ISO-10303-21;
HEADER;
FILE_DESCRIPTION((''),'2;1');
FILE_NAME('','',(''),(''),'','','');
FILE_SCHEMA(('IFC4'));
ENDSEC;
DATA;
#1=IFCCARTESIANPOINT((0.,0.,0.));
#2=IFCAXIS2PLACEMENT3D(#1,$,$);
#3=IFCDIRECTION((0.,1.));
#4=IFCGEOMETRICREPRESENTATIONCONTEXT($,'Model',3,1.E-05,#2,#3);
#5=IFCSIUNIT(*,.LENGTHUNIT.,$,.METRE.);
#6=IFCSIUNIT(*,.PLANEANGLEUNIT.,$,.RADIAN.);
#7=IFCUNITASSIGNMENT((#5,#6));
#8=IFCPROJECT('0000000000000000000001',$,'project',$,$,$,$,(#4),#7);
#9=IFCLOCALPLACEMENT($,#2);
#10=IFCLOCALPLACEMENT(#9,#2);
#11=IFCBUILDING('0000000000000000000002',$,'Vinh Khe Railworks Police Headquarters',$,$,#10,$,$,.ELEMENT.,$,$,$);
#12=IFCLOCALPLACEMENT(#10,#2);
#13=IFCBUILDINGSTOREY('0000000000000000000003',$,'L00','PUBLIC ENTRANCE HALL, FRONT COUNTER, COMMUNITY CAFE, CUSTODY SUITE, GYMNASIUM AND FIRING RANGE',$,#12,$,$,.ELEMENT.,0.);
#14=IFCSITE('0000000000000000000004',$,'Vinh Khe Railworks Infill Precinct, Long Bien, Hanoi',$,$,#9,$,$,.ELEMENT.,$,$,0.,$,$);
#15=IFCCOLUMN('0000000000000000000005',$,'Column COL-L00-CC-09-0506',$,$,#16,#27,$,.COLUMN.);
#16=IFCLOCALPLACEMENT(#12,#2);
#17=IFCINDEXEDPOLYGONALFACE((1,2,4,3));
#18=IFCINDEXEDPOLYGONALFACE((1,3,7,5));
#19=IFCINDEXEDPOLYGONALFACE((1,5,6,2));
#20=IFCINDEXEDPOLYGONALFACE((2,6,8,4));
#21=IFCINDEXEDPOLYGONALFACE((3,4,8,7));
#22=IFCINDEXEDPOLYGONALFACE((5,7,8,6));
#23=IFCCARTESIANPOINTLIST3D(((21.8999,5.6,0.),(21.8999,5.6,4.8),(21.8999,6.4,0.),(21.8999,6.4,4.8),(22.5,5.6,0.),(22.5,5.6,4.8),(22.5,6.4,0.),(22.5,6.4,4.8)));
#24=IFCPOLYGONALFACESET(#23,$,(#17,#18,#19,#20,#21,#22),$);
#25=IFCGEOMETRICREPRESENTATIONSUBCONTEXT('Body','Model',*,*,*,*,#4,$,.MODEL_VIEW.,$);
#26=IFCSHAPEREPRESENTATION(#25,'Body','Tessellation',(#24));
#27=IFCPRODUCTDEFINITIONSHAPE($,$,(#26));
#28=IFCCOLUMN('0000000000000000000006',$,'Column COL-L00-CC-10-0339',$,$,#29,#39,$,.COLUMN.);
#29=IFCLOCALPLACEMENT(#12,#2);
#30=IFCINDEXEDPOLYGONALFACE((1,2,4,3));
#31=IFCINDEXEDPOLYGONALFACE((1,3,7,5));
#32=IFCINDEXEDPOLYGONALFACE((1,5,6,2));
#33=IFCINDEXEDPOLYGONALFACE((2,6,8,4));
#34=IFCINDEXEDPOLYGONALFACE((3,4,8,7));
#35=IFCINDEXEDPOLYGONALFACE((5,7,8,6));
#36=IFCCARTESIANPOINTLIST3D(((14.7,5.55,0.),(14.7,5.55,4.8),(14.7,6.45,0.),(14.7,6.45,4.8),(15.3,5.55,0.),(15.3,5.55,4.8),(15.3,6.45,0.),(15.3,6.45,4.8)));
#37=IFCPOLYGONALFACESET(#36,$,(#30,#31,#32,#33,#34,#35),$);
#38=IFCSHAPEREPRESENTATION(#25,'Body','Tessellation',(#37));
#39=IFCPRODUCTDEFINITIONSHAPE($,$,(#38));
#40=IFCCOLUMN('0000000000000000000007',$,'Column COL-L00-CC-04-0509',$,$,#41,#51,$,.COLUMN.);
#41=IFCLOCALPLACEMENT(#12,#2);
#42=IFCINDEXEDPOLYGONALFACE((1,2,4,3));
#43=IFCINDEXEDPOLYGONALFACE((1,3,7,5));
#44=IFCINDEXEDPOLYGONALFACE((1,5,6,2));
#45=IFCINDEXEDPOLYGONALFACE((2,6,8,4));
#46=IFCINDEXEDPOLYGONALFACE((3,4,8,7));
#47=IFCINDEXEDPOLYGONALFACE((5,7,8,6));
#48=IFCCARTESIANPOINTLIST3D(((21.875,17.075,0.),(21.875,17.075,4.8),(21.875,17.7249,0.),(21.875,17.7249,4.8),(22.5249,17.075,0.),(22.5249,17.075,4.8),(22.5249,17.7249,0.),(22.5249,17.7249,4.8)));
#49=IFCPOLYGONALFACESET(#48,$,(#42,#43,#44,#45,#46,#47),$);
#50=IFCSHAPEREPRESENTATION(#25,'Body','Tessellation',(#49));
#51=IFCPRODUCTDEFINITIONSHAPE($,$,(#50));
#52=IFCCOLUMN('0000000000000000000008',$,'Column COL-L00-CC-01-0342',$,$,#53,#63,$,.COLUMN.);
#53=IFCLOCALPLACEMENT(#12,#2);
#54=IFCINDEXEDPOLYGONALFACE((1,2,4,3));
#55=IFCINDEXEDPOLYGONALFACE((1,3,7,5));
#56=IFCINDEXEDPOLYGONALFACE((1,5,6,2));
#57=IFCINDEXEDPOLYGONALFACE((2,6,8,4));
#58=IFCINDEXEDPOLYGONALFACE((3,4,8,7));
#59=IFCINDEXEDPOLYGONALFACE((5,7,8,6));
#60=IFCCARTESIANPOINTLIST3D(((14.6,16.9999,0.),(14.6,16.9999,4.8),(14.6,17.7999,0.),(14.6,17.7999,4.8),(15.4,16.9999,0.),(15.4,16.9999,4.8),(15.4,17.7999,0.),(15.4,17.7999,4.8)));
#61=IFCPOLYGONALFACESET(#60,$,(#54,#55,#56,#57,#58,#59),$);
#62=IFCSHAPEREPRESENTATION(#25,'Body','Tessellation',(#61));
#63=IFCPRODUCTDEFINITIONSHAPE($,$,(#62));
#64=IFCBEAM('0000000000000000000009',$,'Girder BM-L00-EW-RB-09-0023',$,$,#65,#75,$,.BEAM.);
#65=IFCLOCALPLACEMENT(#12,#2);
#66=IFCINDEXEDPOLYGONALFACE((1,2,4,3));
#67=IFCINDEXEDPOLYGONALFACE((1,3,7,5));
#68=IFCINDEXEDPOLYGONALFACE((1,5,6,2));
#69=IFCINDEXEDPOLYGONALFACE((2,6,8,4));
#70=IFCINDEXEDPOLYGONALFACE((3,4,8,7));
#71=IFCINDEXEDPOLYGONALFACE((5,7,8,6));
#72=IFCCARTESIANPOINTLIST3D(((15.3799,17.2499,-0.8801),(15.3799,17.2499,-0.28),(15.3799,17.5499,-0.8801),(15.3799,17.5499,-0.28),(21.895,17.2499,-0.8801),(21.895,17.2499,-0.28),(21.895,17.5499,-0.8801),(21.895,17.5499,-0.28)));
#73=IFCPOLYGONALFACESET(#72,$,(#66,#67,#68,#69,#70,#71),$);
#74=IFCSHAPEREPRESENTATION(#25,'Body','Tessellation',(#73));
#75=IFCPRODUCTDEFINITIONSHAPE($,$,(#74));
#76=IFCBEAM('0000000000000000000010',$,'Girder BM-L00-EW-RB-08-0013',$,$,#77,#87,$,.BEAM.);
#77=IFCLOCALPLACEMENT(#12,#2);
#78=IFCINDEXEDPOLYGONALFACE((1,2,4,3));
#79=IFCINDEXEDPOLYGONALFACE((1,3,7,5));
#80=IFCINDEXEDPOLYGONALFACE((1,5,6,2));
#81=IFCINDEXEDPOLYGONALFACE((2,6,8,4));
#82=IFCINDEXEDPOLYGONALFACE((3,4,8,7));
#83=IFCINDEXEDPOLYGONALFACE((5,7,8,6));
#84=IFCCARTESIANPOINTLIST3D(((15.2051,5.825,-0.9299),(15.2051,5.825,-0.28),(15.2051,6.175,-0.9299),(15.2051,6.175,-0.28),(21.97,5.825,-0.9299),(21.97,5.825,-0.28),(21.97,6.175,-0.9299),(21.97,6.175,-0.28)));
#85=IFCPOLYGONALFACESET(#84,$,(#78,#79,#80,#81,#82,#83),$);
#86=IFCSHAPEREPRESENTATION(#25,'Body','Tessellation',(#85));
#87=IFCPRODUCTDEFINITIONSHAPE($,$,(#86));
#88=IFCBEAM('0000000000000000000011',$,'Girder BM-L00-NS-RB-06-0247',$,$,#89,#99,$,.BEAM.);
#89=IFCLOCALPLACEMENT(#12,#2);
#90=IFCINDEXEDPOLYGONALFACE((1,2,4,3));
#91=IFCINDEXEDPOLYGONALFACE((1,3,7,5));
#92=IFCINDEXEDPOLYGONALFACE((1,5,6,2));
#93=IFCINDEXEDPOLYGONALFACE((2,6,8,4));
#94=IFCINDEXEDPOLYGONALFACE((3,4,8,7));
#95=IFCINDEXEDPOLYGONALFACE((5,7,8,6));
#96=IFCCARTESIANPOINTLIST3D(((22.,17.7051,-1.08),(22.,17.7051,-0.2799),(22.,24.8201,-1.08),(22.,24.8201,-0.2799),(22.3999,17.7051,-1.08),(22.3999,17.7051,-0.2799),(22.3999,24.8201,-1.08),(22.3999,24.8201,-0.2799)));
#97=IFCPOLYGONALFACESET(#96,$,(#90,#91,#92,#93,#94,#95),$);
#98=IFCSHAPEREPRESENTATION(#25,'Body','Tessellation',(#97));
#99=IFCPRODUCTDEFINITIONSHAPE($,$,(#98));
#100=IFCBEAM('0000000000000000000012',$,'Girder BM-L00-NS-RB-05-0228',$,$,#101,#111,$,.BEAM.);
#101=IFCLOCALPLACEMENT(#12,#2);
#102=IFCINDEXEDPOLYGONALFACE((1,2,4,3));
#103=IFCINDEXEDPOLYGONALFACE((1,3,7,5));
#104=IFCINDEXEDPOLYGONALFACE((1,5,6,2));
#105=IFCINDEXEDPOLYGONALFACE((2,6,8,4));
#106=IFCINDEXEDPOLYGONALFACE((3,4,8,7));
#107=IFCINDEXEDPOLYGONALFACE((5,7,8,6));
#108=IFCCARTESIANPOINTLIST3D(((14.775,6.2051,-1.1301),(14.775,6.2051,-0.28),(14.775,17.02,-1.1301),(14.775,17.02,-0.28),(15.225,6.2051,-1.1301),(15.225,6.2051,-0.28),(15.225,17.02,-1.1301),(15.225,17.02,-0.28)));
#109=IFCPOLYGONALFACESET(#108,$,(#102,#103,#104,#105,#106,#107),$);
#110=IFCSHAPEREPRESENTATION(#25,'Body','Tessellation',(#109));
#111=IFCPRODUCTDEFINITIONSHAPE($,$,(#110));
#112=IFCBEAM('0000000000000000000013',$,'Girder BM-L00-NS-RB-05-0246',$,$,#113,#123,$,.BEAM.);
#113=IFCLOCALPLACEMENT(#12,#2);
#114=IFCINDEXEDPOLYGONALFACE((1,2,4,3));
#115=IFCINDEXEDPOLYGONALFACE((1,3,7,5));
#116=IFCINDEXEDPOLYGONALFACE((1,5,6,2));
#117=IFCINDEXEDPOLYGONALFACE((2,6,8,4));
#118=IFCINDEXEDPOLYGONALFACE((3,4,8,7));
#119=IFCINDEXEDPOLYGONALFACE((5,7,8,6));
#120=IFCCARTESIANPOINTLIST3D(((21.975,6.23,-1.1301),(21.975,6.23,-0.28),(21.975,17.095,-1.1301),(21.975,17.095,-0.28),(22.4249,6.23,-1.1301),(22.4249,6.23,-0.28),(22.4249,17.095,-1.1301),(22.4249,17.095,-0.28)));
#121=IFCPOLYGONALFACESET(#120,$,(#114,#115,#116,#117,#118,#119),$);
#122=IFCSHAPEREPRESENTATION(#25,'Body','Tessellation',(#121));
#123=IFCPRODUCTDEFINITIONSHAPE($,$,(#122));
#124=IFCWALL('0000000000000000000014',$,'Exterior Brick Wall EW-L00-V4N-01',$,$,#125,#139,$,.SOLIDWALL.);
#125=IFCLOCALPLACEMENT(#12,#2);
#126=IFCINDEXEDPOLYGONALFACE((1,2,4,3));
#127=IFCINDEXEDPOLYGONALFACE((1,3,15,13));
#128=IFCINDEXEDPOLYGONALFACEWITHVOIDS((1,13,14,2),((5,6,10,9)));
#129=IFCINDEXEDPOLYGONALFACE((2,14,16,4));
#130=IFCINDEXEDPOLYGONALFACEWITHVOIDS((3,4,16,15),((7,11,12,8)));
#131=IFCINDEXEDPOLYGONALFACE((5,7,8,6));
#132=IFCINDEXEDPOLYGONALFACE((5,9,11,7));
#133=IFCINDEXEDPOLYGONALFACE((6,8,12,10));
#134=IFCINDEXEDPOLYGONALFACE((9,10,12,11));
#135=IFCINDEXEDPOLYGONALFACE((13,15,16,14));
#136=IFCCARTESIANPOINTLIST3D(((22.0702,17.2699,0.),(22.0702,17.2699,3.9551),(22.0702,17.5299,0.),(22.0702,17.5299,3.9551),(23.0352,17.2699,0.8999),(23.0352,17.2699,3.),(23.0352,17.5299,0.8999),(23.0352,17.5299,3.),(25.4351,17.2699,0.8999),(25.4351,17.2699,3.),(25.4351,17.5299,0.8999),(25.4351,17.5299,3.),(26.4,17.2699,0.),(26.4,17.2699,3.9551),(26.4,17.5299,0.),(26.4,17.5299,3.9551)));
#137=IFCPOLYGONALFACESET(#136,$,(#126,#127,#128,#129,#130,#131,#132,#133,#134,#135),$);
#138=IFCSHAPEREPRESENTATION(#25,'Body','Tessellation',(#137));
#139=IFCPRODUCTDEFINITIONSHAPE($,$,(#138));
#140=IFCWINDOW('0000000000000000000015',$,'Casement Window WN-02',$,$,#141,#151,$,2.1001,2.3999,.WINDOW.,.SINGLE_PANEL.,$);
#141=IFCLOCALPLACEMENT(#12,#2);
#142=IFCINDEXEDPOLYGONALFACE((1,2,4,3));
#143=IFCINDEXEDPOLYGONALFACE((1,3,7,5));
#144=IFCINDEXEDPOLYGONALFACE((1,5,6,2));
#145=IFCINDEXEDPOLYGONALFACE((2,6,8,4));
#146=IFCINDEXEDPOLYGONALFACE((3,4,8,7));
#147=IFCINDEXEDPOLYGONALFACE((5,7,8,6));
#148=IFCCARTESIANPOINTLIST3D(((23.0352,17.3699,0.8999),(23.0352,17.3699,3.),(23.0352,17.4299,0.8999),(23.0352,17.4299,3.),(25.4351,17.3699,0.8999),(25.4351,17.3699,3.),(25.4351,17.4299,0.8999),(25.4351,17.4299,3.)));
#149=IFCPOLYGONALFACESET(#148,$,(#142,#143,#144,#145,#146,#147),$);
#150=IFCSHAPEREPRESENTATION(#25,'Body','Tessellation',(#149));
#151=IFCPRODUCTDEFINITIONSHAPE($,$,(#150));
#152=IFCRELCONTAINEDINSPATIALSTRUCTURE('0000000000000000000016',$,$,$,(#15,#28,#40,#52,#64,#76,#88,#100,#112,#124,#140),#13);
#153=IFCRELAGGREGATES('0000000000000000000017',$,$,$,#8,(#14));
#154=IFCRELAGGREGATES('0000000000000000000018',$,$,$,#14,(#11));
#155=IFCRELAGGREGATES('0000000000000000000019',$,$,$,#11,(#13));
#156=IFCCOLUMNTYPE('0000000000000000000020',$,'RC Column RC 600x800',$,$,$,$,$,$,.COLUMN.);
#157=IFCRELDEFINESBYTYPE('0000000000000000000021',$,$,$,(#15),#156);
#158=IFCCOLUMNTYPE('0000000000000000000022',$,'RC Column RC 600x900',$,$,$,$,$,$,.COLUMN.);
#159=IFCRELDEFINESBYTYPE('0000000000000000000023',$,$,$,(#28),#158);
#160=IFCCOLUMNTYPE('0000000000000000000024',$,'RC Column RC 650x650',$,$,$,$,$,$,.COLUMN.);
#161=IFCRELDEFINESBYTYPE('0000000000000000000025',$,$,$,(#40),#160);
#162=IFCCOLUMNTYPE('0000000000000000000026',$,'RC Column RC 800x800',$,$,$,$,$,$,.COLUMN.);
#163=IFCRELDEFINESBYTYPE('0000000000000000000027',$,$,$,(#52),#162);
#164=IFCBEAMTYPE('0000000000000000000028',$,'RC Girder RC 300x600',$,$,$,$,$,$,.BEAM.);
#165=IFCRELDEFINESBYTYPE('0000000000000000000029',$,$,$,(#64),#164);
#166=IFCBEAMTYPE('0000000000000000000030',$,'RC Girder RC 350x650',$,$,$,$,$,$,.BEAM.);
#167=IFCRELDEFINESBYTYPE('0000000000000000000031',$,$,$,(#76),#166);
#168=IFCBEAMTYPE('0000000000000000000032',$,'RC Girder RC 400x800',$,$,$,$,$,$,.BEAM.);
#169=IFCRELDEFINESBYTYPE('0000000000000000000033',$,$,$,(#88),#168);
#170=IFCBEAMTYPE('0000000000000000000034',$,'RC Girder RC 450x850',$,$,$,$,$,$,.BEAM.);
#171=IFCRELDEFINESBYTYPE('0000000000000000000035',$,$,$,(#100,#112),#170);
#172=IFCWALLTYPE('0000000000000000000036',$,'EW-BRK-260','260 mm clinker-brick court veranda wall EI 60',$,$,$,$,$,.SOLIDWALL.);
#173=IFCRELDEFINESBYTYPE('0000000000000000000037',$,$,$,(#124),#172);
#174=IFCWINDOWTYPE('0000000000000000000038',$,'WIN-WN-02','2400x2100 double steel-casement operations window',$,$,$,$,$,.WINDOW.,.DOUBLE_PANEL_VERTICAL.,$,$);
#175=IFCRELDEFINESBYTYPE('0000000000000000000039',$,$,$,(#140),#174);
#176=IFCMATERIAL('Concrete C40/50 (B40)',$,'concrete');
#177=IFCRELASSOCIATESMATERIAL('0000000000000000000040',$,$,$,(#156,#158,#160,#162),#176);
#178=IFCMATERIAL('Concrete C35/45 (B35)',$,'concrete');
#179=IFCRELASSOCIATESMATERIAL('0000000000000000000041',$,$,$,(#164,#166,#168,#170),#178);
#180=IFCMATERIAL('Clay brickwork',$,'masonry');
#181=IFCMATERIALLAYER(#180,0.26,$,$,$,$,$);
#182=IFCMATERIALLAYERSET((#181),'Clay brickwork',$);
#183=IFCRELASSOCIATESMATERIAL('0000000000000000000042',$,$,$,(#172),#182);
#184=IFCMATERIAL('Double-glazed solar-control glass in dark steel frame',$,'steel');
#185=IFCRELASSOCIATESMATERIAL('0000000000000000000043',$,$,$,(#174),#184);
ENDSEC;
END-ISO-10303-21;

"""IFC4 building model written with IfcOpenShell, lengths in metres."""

from ifc_helpers import new_model, si_unit, direction, frame, frame_2d, origin, origin_2d, place, context, subcontext, project, spatial, rectangle, extrude, material, layer, layer_set, material_profile, profile_set, type_object, element, fill, save


model = new_model("IFC4")

# Units and contexts
model_context = context("Model", 3, precision=1e-05, world=origin(), true_north=direction((0.0, 1.0)))
body_context = subcontext(model_context, "Body", "Model", "MODEL_VIEW")
ifc_project = project(units=[si_unit("LENGTHUNIT", "METRE"), si_unit("PLANEANGLEUNIT", "RADIAN")], contexts=[model_context])

# Site, building, storey
site_placement = place(None, origin())
site = spatial("IfcSite", under=ifc_project, at=site_placement, Name="Vinh Khe Railworks Infill Precinct, Long Bien, Hanoi", CompositionType="ELEMENT", RefElevation=0.0)
building_placement = place(site_placement, origin())
building = spatial("IfcBuilding", under=site, at=building_placement, Name="Vinh Khe Railworks Police Headquarters", CompositionType="ELEMENT")
storey_placement = place(building_placement, origin())
storey = spatial("IfcBuildingStorey", under=building, at=storey_placement, Name="L00", Description="PUBLIC ENTRANCE HALL, FRONT COUNTER, COMMUNITY CAFE, CUSTODY SUITE, GYMNASIUM AND FIRING RANGE", CompositionType="ELEMENT", Elevation=0.0)

# Columns
ifc_material_1 = material(Name="Concrete C40/50 (B40)", Category="concrete")
ifc_material_profile_1 = material_profile(ifc_material_1, rectangle(XDim=0.6001, YDim=0.8, at=origin_2d()), Name="RC 600x800")
ifc_profile_set_1 = profile_set([ifc_material_profile_1], Name="Concrete C40/50 (B40)")
column_type_1 = type_object("IfcColumnType", Name="RC Column RC 600x800", PredefinedType="COLUMN", material=ifc_profile_set_1)
column_1_placement = place(storey_placement, frame((22.2, 6.0, 0.0), z_axis=(0.0, 0.0, 1.0), x_axis=(1.0, 0.0, 0.0)))
element("IfcColumn", 1, at=column_1_placement, inside=storey, type_object=column_type_1, Name="Column COL-L00-CC-09-0506", PredefinedType="COLUMN", context=body_context, shape_type="SweptSolid", body=[
    extrude(rectangle(XDim=0.6001, YDim=0.8, at=origin_2d()), origin(), (0.0, 0.0, 1.0), 4.8),
])
ifc_material_profile_2 = material_profile(ifc_material_1, rectangle(XDim=0.6001, YDim=0.8999, at=origin_2d()), Name="RC 600x900")
ifc_profile_set_2 = profile_set([ifc_material_profile_2], Name="Concrete C40/50 (B40)")
column_type_2 = type_object("IfcColumnType", Name="RC Column RC 600x900", PredefinedType="COLUMN", material=ifc_profile_set_2)
column_2_placement = place(storey_placement, frame((15.0, 6.0, 0.0), z_axis=(0.0, 0.0, 1.0), x_axis=(1.0, 0.0, 0.0)))
element("IfcColumn", 2, at=column_2_placement, inside=storey, type_object=column_type_2, Name="Column COL-L00-CC-10-0339", PredefinedType="COLUMN", context=body_context, shape_type="SweptSolid", body=[
    extrude(rectangle(XDim=0.6001, YDim=0.8999, at=origin_2d()), origin(), (0.0, 0.0, 1.0), 4.8),
])
ifc_material_profile_3 = material_profile(ifc_material_1, rectangle(XDim=0.6499, YDim=0.6499, at=origin_2d()), Name="RC 650x650")
ifc_profile_set_3 = profile_set([ifc_material_profile_3], Name="Concrete C40/50 (B40)")
column_type_3 = type_object("IfcColumnType", Name="RC Column RC 650x650", PredefinedType="COLUMN", material=ifc_profile_set_3)
column_3_placement = place(storey_placement, frame((22.2, 17.3999, 0.0), z_axis=(0.0, 0.0, 1.0), x_axis=(1.0, 0.0, 0.0)))
element("IfcColumn", 3, at=column_3_placement, inside=storey, type_object=column_type_3, Name="Column COL-L00-CC-04-0509", PredefinedType="COLUMN", context=body_context, shape_type="SweptSolid", body=[
    extrude(rectangle(XDim=0.6499, YDim=0.6499, at=origin_2d()), origin(), (0.0, 0.0, 1.0), 4.8),
])
ifc_material_profile_4 = material_profile(ifc_material_1, rectangle(XDim=0.8, YDim=0.8, at=origin_2d()), Name="RC 800x800")
ifc_profile_set_4 = profile_set([ifc_material_profile_4], Name="Concrete C40/50 (B40)")
column_type_4 = type_object("IfcColumnType", Name="RC Column RC 800x800", PredefinedType="COLUMN", material=ifc_profile_set_4)
column_4_placement = place(storey_placement, frame((15.0, 17.3999, 0.0), z_axis=(0.0, 0.0, 1.0), x_axis=(1.0, 0.0, 0.0)))
element("IfcColumn", 4, at=column_4_placement, inside=storey, type_object=column_type_4, Name="Column COL-L00-CC-01-0342", PredefinedType="COLUMN", context=body_context, shape_type="SweptSolid", body=[
    extrude(rectangle(XDim=0.8, YDim=0.8, at=origin_2d()), origin(), (0.0, 0.0, 1.0), 4.8),
])

# Beams
ifc_material_2 = material(Name="Concrete C35/45 (B35)", Category="concrete")
ifc_material_profile_5 = material_profile(ifc_material_2, rectangle(XDim=0.3, YDim=0.6001, at=origin_2d()), Name="RC 300x600")
ifc_profile_set_5 = profile_set([ifc_material_profile_5], Name="Concrete C35/45 (B35)")
beam_type_1 = type_object("IfcBeamType", Name="RC Girder RC 300x600", PredefinedType="BEAM", material=ifc_profile_set_5)
beam_1_placement = place(storey_placement, frame((15.3799, 17.3999, -0.5801), z_axis=(1.0, 0.0, 0.0), x_axis=(0.0, 1.0, 0.0)))
element("IfcBeam", 5, at=beam_1_placement, inside=storey, type_object=beam_type_1, Name="Girder BM-L00-EW-RB-09-0023", PredefinedType="BEAM", context=body_context, shape_type="SweptSolid", body=[
    extrude(rectangle(XDim=0.3, YDim=0.6001, at=origin_2d()), origin(), (0.0, 0.0, 1.0), 6.5151),
])
ifc_material_profile_6 = material_profile(ifc_material_2, rectangle(XDim=0.3501, YDim=0.6499, at=origin_2d()), Name="RC 350x650")
ifc_profile_set_6 = profile_set([ifc_material_profile_6], Name="Concrete C35/45 (B35)")
beam_type_2 = type_object("IfcBeamType", Name="RC Girder RC 350x650", PredefinedType="BEAM", material=ifc_profile_set_6)
beam_2_placement = place(storey_placement, frame((15.2051, 6.0, -0.605), z_axis=(1.0, 0.0, 0.0), x_axis=(0.0, 1.0, 0.0)))
element("IfcBeam", 6, at=beam_2_placement, inside=storey, type_object=beam_type_2, Name="Girder BM-L00-EW-RB-08-0013", PredefinedType="BEAM", context=body_context, shape_type="SweptSolid", body=[
    extrude(rectangle(XDim=0.3501, YDim=0.6499, at=origin_2d()), origin(), (0.0, 0.0, 1.0), 6.7649),
])
ifc_material_profile_7 = material_profile(ifc_material_2, rectangle(XDim=0.3999, YDim=0.8, at=origin_2d()), Name="RC 400x800")
ifc_profile_set_7 = profile_set([ifc_material_profile_7], Name="Concrete C35/45 (B35)")
beam_type_3 = type_object("IfcBeamType", Name="RC Girder RC 400x800", PredefinedType="BEAM", material=ifc_profile_set_7)
beam_3_placement = place(storey_placement, frame((22.2, 17.7051, -0.6799), z_axis=(0.0, 1.0, 0.0), x_axis=(-1.0, 0.0, 0.0)))
element("IfcBeam", 7, at=beam_3_placement, inside=storey, type_object=beam_type_3, Name="Girder BM-L00-NS-RB-06-0247", PredefinedType="BEAM", context=body_context, shape_type="SweptSolid", body=[
    extrude(rectangle(XDim=0.3999, YDim=0.8, at=origin_2d()), origin(), (0.0, 0.0, 1.0), 7.115),
])
ifc_material_profile_8 = material_profile(ifc_material_2, rectangle(XDim=0.45, YDim=0.8501, at=origin_2d()), Name="RC 450x850")
ifc_profile_set_8 = profile_set([ifc_material_profile_8], Name="Concrete C35/45 (B35)")
beam_type_4 = type_object("IfcBeamType", Name="RC Girder RC 450x850", PredefinedType="BEAM", material=ifc_profile_set_8)
beam_4_placement = place(storey_placement, frame((15.0, 6.2051, -0.7051), z_axis=(0.0, 1.0, 0.0), x_axis=(-1.0, 0.0, 0.0)))
element("IfcBeam", 8, at=beam_4_placement, inside=storey, type_object=beam_type_4, Name="Girder BM-L00-NS-RB-05-0228", PredefinedType="BEAM", context=body_context, shape_type="SweptSolid", body=[
    extrude(rectangle(XDim=0.45, YDim=0.8501, at=origin_2d()), origin(), (0.0, 0.0, 1.0), 10.8149),
])
beam_5_placement = place(storey_placement, frame((22.2, 6.23, -0.7051), z_axis=(0.0, 1.0, 0.0), x_axis=(-1.0, 0.0, 0.0)))
element("IfcBeam", 9, at=beam_5_placement, inside=storey, type_object=beam_type_4, Name="Girder BM-L00-NS-RB-05-0246", PredefinedType="BEAM", context=body_context, shape_type="SweptSolid", body=[
    extrude(rectangle(XDim=0.45, YDim=0.8501, at=origin_2d()), origin(), (0.0, 0.0, 1.0), 10.865),
])

# Wall, opening, window
ifc_material_3 = material(Name="Clay brickwork", Category="masonry")
ifc_layer_1 = layer(ifc_material_3, 0.26)
ifc_layer_set_1 = layer_set([ifc_layer_1], Name="Clay brickwork")
wall_type_1 = type_object("IfcWallType", Name="EW-BRK-260", Description="260 mm clinker-brick court veranda wall EI 60", PredefinedType="SOLIDWALL", material=ifc_layer_set_1)
wall_1_placement = place(storey_placement, frame((22.0701, 17.3999, 0.0), z_axis=(0.0, 0.0, 1.0), x_axis=(1.0, 0.0, 0.0)))
wall_1 = element("IfcWall", 10, at=wall_1_placement, inside=storey, type_object=wall_type_1, Name="Exterior Brick Wall EW-L00-V4N-01", PredefinedType="SOLIDWALL", context=body_context, shape_type="SweptSolid", body=[
    extrude(rectangle(XDim=4.3298, YDim=0.26, at=frame_2d((2.165, 0.0))), origin(), (0.0, 0.0, 1.0), 3.9551),
])
opening_1_placement = place(wall_1_placement, frame((0.9651, 0.0, 0.8999)))
opening_1 = element("IfcOpeningElement", 11, at=opening_1_placement, cuts=wall_1, PredefinedType="OPENING", context=body_context, shape_type="SweptSolid", body=[
    extrude(rectangle(XDim=2.3999, YDim=2.1001, at=frame_2d((1.2, 1.05))), frame((0.0, 0.145, 0.0), z_axis=(0.0, -1.0, 0.0), x_axis=(1.0, 0.0, 0.0)), (0.0, 0.0, 1.0), 0.2898),
])
ifc_material_4 = material(Name="Double-glazed solar-control glass in dark steel frame", Category="steel")
window_type_1 = type_object("IfcWindowType", Name="WIN-WN-02", Description="2400x2100 double steel-casement operations window", PartitioningType="DOUBLE_PANEL_VERTICAL", PredefinedType="WINDOW", material=ifc_material_4)
window_1_placement = place(opening_1_placement, origin())
window_1 = element("IfcWindow", 12, at=window_1_placement, inside=storey, type_object=window_type_1, Name="Casement Window WN-02", OverallHeight=2.1001, OverallWidth=2.3999, PartitioningType="SINGLE_PANEL", PredefinedType="WINDOW", context=body_context, shape_type="SweptSolid", body=[
    extrude(rectangle(XDim=2.3999, YDim=2.1001, at=frame_2d((1.2, 1.05))), frame((0.0, 0.03, 0.0), z_axis=(0.0, -1.0, 0.0), x_axis=(1.0, 0.0, 0.0)), (0.0, 0.0, 1.0), 0.0601),
])
fill(opening_1, window_1)

save(model, "model.ifc")
